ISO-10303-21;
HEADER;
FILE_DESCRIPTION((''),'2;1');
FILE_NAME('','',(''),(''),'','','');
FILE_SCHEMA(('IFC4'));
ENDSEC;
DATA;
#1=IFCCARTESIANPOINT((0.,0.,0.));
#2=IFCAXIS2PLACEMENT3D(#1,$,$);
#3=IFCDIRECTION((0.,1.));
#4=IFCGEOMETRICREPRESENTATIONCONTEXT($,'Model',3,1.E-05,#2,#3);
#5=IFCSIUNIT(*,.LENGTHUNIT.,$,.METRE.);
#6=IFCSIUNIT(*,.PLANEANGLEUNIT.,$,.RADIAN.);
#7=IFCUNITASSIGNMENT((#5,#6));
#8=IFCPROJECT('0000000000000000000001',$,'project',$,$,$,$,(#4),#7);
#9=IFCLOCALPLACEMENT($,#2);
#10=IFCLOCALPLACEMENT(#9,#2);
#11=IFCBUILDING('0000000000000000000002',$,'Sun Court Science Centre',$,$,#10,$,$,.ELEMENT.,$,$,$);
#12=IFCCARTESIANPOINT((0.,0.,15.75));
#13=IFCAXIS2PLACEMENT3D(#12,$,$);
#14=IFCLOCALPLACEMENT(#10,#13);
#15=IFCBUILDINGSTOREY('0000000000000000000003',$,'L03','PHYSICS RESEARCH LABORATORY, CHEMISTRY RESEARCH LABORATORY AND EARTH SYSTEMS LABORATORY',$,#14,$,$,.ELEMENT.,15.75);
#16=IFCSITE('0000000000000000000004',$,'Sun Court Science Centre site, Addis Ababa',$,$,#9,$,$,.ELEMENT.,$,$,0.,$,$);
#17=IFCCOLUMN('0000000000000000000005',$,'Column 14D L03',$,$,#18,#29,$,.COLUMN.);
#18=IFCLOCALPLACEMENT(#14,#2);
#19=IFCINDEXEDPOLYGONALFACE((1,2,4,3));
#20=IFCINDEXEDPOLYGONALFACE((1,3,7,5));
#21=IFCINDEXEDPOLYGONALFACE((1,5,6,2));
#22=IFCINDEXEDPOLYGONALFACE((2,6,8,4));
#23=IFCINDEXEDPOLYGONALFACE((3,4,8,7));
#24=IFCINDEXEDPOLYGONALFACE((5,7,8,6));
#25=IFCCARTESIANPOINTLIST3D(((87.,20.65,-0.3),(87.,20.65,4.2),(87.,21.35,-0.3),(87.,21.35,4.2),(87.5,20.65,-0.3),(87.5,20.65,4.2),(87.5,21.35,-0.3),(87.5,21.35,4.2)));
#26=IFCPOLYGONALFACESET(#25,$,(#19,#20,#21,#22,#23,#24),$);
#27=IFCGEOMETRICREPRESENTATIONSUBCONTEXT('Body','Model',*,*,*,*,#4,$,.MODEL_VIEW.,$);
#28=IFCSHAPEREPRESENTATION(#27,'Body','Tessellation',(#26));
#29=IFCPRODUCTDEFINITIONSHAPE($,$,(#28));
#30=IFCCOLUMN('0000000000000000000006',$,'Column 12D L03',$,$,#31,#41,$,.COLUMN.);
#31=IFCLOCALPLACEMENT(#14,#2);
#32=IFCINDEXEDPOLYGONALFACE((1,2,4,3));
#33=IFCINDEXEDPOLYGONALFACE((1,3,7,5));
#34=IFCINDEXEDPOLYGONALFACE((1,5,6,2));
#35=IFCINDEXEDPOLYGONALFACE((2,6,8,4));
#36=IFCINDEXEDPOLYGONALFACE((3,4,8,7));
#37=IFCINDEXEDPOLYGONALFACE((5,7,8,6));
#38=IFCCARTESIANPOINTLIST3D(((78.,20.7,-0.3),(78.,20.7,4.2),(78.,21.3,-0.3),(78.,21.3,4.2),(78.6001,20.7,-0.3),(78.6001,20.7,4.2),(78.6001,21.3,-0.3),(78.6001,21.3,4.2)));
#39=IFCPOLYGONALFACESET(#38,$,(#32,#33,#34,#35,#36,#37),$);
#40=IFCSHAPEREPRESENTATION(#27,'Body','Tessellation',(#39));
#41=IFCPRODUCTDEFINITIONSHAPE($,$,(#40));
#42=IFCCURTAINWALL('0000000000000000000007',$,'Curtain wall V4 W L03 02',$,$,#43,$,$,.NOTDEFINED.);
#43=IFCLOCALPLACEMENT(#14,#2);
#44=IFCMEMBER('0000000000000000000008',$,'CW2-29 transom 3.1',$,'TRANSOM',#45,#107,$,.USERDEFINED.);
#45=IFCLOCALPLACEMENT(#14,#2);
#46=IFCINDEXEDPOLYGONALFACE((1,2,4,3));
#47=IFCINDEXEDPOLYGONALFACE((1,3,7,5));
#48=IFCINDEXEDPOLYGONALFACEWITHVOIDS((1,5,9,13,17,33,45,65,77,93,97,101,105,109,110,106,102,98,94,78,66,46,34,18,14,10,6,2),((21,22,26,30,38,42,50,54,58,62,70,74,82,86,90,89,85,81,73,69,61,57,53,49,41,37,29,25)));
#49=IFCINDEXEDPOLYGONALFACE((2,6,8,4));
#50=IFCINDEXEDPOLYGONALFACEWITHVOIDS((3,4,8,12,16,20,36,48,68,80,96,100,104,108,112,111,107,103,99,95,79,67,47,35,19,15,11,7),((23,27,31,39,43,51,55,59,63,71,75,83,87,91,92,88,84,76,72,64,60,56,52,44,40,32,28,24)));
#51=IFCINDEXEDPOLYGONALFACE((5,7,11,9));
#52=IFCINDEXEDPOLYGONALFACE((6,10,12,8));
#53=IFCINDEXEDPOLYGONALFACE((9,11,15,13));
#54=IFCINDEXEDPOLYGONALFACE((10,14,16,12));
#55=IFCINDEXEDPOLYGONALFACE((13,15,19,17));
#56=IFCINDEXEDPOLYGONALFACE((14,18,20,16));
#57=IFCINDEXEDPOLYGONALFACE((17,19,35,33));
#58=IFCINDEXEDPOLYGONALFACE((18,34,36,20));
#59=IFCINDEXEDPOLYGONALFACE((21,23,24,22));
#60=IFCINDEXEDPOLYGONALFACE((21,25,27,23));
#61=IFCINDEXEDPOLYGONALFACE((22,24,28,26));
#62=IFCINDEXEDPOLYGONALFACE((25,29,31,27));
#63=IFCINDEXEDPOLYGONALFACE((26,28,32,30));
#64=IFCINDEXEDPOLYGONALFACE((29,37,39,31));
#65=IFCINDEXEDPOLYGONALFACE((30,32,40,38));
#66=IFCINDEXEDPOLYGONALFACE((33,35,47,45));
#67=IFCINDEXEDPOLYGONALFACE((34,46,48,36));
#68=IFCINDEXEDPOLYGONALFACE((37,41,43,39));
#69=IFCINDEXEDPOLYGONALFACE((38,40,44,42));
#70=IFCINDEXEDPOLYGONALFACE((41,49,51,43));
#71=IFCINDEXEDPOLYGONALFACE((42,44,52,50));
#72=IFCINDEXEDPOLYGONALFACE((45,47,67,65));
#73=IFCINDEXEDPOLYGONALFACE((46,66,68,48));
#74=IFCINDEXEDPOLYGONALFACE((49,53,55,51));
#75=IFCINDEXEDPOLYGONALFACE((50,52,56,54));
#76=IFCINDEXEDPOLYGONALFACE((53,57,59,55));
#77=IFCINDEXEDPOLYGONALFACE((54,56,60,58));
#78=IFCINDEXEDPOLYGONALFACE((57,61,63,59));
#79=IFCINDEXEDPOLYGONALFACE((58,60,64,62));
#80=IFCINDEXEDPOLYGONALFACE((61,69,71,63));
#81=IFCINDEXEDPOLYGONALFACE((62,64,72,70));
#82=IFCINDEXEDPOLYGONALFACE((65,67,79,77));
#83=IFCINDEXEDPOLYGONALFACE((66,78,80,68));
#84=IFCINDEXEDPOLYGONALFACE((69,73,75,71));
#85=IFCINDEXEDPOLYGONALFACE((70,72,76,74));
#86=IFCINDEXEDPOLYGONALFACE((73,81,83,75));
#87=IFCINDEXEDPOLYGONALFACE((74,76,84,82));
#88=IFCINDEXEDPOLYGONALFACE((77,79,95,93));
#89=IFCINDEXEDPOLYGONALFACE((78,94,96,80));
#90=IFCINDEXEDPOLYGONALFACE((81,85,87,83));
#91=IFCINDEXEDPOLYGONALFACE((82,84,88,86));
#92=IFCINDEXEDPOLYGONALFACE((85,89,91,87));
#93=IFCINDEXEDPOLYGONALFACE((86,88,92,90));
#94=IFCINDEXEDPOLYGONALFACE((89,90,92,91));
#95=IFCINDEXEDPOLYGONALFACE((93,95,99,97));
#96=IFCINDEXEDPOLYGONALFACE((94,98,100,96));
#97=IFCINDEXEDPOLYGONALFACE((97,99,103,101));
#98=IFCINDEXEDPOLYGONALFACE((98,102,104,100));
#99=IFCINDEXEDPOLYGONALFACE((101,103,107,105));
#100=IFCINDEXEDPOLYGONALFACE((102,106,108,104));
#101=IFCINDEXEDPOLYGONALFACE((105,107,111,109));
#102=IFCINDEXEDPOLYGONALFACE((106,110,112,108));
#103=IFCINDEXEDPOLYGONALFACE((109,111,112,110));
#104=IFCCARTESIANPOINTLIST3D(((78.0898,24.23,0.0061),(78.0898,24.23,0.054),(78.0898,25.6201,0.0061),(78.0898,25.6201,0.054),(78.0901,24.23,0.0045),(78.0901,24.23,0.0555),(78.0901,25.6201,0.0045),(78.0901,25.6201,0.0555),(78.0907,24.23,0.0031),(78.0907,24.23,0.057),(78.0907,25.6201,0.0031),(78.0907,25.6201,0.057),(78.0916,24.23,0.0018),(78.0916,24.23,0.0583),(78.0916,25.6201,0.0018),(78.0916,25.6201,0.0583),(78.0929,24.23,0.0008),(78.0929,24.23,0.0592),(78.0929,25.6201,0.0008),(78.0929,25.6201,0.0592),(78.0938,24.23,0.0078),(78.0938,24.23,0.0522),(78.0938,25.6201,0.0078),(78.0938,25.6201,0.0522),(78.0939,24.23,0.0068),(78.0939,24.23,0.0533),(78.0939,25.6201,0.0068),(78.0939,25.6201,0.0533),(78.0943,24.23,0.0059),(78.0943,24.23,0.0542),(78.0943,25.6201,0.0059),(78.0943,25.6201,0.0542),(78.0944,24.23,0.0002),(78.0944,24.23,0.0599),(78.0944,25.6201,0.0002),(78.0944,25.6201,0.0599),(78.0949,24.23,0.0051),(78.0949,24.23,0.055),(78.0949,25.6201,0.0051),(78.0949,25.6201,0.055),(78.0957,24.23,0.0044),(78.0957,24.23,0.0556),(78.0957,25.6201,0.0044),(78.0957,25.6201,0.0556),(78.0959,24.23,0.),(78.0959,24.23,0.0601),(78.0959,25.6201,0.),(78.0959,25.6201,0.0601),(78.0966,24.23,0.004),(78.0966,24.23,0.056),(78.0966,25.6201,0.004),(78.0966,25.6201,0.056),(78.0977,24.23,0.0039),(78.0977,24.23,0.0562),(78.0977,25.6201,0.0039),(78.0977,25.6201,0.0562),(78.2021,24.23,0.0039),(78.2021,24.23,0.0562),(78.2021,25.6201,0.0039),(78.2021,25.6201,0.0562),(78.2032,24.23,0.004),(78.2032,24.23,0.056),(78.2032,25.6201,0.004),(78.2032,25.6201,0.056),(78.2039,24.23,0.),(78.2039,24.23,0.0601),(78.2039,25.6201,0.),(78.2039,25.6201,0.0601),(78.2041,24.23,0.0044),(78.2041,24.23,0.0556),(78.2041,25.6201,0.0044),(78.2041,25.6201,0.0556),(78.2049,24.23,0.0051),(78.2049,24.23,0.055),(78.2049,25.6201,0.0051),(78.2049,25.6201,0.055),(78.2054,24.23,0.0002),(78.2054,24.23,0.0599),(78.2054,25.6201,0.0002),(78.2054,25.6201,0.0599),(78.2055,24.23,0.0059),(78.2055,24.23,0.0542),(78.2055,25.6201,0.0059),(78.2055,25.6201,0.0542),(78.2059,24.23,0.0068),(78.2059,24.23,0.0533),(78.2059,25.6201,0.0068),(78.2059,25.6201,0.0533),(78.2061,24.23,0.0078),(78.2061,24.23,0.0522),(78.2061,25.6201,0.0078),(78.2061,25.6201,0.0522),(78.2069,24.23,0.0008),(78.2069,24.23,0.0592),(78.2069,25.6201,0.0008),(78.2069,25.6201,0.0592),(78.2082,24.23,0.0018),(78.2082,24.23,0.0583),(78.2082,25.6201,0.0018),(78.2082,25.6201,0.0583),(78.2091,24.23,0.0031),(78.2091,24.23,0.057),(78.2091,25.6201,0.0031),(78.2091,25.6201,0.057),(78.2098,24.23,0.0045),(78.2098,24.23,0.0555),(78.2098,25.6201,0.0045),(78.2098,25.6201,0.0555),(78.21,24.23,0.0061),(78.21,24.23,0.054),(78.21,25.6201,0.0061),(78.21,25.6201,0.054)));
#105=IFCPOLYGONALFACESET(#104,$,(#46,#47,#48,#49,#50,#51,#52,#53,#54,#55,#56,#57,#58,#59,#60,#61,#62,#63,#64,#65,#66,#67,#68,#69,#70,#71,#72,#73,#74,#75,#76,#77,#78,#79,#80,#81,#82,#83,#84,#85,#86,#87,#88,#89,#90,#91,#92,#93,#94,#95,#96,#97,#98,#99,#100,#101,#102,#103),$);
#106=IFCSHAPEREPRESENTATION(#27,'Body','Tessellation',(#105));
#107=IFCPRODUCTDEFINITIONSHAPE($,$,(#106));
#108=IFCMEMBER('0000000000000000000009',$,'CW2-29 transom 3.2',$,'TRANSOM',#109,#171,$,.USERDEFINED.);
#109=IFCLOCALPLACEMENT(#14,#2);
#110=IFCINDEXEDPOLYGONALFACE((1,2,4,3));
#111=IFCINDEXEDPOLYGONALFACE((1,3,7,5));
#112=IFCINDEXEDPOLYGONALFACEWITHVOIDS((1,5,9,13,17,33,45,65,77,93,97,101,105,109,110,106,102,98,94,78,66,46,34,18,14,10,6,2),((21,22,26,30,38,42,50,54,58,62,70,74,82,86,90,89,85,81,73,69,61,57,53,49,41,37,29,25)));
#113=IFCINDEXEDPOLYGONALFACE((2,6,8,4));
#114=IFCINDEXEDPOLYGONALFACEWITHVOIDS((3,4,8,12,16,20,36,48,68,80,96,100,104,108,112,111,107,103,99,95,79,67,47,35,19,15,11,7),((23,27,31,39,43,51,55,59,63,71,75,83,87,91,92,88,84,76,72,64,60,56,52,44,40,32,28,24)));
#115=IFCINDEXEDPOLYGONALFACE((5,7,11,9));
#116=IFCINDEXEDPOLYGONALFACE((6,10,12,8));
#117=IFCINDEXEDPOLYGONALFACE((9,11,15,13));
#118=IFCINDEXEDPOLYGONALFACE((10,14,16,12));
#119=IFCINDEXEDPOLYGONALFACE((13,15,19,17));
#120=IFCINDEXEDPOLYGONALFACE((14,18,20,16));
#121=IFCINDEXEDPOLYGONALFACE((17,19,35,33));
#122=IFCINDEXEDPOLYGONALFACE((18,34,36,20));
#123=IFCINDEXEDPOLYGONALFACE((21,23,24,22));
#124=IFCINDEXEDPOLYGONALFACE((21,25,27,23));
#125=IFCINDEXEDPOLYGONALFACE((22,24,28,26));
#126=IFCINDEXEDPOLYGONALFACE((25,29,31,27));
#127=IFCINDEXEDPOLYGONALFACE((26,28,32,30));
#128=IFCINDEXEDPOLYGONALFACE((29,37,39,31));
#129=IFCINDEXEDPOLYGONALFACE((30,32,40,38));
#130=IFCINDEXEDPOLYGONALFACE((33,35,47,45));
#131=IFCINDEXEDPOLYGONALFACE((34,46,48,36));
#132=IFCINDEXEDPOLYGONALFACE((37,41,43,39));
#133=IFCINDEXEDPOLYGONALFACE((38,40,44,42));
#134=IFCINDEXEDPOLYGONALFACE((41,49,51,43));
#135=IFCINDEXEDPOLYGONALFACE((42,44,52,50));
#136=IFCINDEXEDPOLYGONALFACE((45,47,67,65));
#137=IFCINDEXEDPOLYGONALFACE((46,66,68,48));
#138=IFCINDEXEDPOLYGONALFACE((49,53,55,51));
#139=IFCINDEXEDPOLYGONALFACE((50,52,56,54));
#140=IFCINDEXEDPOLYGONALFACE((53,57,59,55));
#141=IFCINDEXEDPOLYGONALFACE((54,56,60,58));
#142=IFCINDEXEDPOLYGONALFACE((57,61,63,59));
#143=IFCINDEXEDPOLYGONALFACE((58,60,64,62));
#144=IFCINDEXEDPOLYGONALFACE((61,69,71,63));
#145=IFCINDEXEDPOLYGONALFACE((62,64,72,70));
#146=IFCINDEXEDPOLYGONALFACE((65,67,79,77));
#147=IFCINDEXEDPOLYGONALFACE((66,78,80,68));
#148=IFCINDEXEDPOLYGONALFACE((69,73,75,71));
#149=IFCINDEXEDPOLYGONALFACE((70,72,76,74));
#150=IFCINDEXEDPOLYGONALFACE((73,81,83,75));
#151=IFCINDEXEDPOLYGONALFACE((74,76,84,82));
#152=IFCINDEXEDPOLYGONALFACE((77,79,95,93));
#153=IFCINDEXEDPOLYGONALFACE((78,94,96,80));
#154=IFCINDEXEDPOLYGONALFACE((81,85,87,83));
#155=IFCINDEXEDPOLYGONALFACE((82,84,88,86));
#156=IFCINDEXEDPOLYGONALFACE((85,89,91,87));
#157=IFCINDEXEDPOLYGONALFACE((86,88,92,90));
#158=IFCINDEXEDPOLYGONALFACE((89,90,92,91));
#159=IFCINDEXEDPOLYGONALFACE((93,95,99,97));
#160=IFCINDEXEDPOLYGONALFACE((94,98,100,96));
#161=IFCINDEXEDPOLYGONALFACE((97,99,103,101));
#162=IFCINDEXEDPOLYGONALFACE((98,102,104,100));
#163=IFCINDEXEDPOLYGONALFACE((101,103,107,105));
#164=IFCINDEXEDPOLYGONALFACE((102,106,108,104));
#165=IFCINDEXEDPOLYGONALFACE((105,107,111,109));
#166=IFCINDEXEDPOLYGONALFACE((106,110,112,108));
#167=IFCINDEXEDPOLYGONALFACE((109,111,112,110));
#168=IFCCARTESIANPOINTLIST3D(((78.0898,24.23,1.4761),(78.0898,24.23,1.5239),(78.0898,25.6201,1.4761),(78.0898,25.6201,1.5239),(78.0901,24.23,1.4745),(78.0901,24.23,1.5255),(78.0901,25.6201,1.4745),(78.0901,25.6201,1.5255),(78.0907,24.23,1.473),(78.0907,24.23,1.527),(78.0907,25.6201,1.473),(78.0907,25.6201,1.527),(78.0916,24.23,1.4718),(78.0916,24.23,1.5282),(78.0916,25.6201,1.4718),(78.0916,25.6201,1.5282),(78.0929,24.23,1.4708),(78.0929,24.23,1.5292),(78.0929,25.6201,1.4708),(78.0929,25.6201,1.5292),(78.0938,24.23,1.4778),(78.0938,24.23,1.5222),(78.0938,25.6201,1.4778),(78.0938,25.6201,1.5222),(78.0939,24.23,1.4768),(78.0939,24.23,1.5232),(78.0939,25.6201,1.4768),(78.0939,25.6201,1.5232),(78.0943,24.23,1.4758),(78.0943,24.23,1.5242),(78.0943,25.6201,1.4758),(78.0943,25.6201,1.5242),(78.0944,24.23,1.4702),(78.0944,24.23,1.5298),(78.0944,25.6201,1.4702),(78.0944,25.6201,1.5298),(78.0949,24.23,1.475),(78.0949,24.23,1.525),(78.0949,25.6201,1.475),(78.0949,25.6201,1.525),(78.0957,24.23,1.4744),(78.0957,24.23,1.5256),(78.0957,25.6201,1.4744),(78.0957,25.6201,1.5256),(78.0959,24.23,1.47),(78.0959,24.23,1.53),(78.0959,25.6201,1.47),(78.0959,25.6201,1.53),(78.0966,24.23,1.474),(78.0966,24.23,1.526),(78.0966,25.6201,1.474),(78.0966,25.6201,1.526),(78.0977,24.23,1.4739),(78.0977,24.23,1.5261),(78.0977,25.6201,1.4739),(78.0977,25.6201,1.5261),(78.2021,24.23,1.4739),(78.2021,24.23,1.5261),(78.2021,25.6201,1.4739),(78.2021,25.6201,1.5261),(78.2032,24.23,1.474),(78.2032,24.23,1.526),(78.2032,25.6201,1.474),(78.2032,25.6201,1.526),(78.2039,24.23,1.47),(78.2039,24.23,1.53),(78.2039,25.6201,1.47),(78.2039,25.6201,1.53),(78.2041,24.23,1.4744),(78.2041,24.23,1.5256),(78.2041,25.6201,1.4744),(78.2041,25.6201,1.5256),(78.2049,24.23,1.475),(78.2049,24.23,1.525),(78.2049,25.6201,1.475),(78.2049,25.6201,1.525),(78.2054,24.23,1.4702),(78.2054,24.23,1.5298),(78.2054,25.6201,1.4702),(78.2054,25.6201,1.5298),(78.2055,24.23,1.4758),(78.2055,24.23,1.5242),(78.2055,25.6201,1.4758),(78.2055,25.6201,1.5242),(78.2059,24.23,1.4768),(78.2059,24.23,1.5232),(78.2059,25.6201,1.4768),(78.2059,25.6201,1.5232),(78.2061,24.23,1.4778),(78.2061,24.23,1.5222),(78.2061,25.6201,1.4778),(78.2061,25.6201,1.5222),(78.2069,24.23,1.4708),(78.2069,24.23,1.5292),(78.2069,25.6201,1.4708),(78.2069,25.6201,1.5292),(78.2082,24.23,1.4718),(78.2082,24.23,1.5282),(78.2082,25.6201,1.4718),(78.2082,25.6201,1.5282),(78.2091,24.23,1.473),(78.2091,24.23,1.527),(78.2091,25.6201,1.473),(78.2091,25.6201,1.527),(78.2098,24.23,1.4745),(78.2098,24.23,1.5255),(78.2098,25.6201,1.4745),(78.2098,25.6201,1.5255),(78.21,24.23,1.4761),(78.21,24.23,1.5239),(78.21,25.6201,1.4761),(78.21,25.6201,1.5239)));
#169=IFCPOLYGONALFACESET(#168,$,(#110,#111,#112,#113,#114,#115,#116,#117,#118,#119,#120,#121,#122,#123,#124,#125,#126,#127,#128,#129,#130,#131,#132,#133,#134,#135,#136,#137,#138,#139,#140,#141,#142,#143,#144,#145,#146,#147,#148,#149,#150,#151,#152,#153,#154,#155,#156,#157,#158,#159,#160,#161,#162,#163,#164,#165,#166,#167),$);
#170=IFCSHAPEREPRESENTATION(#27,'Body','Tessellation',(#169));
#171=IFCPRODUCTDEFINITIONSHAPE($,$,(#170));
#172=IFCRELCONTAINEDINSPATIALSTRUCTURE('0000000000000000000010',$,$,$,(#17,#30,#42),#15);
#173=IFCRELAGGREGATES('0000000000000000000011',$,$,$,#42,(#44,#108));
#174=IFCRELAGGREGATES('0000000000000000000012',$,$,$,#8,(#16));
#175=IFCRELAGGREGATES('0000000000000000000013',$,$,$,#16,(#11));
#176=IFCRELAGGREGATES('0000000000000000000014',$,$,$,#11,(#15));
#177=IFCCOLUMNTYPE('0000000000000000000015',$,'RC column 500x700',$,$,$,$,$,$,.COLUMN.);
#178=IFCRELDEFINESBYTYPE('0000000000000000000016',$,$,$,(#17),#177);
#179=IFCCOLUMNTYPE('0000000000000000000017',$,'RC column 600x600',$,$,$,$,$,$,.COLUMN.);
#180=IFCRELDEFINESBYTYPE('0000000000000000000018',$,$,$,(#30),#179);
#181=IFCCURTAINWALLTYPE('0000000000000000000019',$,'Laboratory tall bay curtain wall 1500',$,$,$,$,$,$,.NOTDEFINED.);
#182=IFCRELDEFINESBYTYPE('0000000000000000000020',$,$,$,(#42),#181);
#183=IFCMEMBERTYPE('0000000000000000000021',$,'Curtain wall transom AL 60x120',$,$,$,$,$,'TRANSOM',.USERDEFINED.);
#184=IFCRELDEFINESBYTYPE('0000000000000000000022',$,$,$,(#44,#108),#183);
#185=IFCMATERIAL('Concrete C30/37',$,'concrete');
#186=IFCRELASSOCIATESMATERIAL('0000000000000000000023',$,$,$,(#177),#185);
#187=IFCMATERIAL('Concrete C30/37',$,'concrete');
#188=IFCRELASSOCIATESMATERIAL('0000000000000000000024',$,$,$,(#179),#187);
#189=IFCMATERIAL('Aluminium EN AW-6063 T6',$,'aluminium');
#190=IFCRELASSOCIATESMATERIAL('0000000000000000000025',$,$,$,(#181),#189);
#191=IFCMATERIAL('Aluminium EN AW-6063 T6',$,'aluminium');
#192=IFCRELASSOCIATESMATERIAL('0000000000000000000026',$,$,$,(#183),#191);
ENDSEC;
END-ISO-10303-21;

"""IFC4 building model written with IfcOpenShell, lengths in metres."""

from ifc_helpers import new_model, si_unit, direction, frame, origin, origin_2d, place, context, subcontext, project, spatial, rectangle, hollow_rectangle, extrude, material, material_profile, profile_set, type_object, element, aggregate, save


model = new_model("IFC4")

# Units and contexts
model_context = context("Model", 3, precision=1e-05, world=origin(), true_north=direction((0.0, 1.0)))
body_context = subcontext(model_context, "Body", "Model", "MODEL_VIEW")
ifc_project = project(units=[si_unit("LENGTHUNIT", "METRE"), si_unit("PLANEANGLEUNIT", "RADIAN")], contexts=[model_context])

# Site, building, storey
site_placement = place(None, origin())
site = spatial("IfcSite", under=ifc_project, at=site_placement, Name="Sun Court Science Centre site, Addis Ababa", CompositionType="ELEMENT", RefElevation=0.0)
building_placement = place(site_placement, origin())
building = spatial("IfcBuilding", under=site, at=building_placement, Name="Sun Court Science Centre", CompositionType="ELEMENT")
storey_placement = place(building_placement, frame((0.0, 0.0, 15.75)))
storey = spatial("IfcBuildingStorey", under=building, at=storey_placement, Name="L03", Description="PHYSICS RESEARCH LABORATORY, CHEMISTRY RESEARCH LABORATORY AND EARTH SYSTEMS LABORATORY", CompositionType="ELEMENT", Elevation=15.75)

# Columns
ifc_material_1 = material(Name="Concrete C30/37", Category="concrete")
ifc_material_profile_1 = material_profile(ifc_material_1, rectangle(XDim=0.5, YDim=0.7, at=origin_2d()), Name="RC 500x700")
ifc_profile_set_1 = profile_set([ifc_material_profile_1], Name="Concrete C30/37")
column_type_1 = type_object("IfcColumnType", Name="RC column 500x700", PredefinedType="COLUMN", material=ifc_profile_set_1)
column_1_placement = place(storey_placement, frame((87.25, 21.0, -0.3), z_axis=(0.0, 0.0, 1.0), x_axis=(1.0, 0.0, 0.0)))
element("IfcColumn", 1, at=column_1_placement, inside=storey, type_object=column_type_1, Name="Column 14D L03", PredefinedType="COLUMN", context=body_context, shape_type="SweptSolid", body=[
    extrude(rectangle(XDim=0.5, YDim=0.7, at=origin_2d()), origin(), (0.0, 0.0, 1.0), 4.5),
])
ifc_material_2 = material(Name="Concrete C30/37", Category="concrete")
ifc_material_profile_2 = material_profile(ifc_material_2, rectangle(XDim=0.6001, YDim=0.6001, at=origin_2d()), Name="RC 600x600")
ifc_profile_set_2 = profile_set([ifc_material_profile_2], Name="Concrete C30/37")
column_type_2 = type_object("IfcColumnType", Name="RC column 600x600", PredefinedType="COLUMN", material=ifc_profile_set_2)
column_2_placement = place(storey_placement, frame((78.3, 21.0, -0.3), z_axis=(0.0, 0.0, 1.0), x_axis=(1.0, 0.0, 0.0)))
element("IfcColumn", 2, at=column_2_placement, inside=storey, type_object=column_type_2, Name="Column 12D L03", PredefinedType="COLUMN", context=body_context, shape_type="SweptSolid", body=[
    extrude(rectangle(XDim=0.6001, YDim=0.6001, at=origin_2d()), origin(), (0.0, 0.0, 1.0), 4.5),
])

# Curtain wall, members
ifc_material_3 = material(Name="Aluminium EN AW-6063 T6", Category="aluminium")
curtain_wall_type = type_object("IfcCurtainWallType", Name="Laboratory tall bay curtain wall 1500", PredefinedType="NOTDEFINED", material=ifc_material_3)
curtain_wall_placement = place(storey_placement, origin())
curtain_wall = element("IfcCurtainWall", 3, at=curtain_wall_placement, inside=storey, type_object=curtain_wall_type, Name="Curtain wall V4 W L03 02", PredefinedType="NOTDEFINED")
ifc_material_4 = material(Name="Aluminium EN AW-6063 T6", Category="aluminium")
ifc_material_profile_3 = material_profile(ifc_material_4, hollow_rectangle(XDim=0.0601, YDim=0.1201, WallThickness=0.0039, InnerFilletRadius=0.0039, OuterFilletRadius=0.0061, at=origin_2d()), Name="AL 60x120x4")
ifc_profile_set_3 = profile_set([ifc_material_profile_3], Name="Aluminium EN AW-6063 T6")
member_type = type_object("IfcMemberType", Name="Curtain wall transom AL 60x120", ElementType="TRANSOM", PredefinedType="USERDEFINED", material=ifc_profile_set_3)
member_1_placement = place(storey_placement, frame((78.1499, 24.23, 0.03), z_axis=(0.0, 1.0, 0.0), x_axis=(0.0, 0.0, 1.0)))
member_1 = element("IfcMember", 4, at=member_1_placement, type_object=member_type, Name="CW2-29 transom 3.1", ObjectType="TRANSOM", PredefinedType="USERDEFINED", context=body_context, shape_type="SweptSolid", body=[
    extrude(hollow_rectangle(XDim=0.0601, YDim=0.1201, WallThickness=0.0039, InnerFilletRadius=0.0039, OuterFilletRadius=0.0061, at=origin_2d()), origin(), (0.0, 0.0, 1.0), 1.3901),
])
member_2_placement = place(storey_placement, frame((78.1499, 24.23, 1.5), z_axis=(0.0, 1.0, 0.0), x_axis=(0.0, 0.0, 1.0)))
member_2 = element("IfcMember", 5, at=member_2_placement, type_object=member_type, Name="CW2-29 transom 3.2", ObjectType="TRANSOM", PredefinedType="USERDEFINED", context=body_context, shape_type="SweptSolid", body=[
    extrude(hollow_rectangle(XDim=0.0601, YDim=0.1201, WallThickness=0.0039, InnerFilletRadius=0.0039, OuterFilletRadius=0.0061, at=origin_2d()), origin(), (0.0, 0.0, 1.0), 1.3901),
])

aggregate(curtain_wall, [member_1, member_2])

save(model, "model.ifc")
